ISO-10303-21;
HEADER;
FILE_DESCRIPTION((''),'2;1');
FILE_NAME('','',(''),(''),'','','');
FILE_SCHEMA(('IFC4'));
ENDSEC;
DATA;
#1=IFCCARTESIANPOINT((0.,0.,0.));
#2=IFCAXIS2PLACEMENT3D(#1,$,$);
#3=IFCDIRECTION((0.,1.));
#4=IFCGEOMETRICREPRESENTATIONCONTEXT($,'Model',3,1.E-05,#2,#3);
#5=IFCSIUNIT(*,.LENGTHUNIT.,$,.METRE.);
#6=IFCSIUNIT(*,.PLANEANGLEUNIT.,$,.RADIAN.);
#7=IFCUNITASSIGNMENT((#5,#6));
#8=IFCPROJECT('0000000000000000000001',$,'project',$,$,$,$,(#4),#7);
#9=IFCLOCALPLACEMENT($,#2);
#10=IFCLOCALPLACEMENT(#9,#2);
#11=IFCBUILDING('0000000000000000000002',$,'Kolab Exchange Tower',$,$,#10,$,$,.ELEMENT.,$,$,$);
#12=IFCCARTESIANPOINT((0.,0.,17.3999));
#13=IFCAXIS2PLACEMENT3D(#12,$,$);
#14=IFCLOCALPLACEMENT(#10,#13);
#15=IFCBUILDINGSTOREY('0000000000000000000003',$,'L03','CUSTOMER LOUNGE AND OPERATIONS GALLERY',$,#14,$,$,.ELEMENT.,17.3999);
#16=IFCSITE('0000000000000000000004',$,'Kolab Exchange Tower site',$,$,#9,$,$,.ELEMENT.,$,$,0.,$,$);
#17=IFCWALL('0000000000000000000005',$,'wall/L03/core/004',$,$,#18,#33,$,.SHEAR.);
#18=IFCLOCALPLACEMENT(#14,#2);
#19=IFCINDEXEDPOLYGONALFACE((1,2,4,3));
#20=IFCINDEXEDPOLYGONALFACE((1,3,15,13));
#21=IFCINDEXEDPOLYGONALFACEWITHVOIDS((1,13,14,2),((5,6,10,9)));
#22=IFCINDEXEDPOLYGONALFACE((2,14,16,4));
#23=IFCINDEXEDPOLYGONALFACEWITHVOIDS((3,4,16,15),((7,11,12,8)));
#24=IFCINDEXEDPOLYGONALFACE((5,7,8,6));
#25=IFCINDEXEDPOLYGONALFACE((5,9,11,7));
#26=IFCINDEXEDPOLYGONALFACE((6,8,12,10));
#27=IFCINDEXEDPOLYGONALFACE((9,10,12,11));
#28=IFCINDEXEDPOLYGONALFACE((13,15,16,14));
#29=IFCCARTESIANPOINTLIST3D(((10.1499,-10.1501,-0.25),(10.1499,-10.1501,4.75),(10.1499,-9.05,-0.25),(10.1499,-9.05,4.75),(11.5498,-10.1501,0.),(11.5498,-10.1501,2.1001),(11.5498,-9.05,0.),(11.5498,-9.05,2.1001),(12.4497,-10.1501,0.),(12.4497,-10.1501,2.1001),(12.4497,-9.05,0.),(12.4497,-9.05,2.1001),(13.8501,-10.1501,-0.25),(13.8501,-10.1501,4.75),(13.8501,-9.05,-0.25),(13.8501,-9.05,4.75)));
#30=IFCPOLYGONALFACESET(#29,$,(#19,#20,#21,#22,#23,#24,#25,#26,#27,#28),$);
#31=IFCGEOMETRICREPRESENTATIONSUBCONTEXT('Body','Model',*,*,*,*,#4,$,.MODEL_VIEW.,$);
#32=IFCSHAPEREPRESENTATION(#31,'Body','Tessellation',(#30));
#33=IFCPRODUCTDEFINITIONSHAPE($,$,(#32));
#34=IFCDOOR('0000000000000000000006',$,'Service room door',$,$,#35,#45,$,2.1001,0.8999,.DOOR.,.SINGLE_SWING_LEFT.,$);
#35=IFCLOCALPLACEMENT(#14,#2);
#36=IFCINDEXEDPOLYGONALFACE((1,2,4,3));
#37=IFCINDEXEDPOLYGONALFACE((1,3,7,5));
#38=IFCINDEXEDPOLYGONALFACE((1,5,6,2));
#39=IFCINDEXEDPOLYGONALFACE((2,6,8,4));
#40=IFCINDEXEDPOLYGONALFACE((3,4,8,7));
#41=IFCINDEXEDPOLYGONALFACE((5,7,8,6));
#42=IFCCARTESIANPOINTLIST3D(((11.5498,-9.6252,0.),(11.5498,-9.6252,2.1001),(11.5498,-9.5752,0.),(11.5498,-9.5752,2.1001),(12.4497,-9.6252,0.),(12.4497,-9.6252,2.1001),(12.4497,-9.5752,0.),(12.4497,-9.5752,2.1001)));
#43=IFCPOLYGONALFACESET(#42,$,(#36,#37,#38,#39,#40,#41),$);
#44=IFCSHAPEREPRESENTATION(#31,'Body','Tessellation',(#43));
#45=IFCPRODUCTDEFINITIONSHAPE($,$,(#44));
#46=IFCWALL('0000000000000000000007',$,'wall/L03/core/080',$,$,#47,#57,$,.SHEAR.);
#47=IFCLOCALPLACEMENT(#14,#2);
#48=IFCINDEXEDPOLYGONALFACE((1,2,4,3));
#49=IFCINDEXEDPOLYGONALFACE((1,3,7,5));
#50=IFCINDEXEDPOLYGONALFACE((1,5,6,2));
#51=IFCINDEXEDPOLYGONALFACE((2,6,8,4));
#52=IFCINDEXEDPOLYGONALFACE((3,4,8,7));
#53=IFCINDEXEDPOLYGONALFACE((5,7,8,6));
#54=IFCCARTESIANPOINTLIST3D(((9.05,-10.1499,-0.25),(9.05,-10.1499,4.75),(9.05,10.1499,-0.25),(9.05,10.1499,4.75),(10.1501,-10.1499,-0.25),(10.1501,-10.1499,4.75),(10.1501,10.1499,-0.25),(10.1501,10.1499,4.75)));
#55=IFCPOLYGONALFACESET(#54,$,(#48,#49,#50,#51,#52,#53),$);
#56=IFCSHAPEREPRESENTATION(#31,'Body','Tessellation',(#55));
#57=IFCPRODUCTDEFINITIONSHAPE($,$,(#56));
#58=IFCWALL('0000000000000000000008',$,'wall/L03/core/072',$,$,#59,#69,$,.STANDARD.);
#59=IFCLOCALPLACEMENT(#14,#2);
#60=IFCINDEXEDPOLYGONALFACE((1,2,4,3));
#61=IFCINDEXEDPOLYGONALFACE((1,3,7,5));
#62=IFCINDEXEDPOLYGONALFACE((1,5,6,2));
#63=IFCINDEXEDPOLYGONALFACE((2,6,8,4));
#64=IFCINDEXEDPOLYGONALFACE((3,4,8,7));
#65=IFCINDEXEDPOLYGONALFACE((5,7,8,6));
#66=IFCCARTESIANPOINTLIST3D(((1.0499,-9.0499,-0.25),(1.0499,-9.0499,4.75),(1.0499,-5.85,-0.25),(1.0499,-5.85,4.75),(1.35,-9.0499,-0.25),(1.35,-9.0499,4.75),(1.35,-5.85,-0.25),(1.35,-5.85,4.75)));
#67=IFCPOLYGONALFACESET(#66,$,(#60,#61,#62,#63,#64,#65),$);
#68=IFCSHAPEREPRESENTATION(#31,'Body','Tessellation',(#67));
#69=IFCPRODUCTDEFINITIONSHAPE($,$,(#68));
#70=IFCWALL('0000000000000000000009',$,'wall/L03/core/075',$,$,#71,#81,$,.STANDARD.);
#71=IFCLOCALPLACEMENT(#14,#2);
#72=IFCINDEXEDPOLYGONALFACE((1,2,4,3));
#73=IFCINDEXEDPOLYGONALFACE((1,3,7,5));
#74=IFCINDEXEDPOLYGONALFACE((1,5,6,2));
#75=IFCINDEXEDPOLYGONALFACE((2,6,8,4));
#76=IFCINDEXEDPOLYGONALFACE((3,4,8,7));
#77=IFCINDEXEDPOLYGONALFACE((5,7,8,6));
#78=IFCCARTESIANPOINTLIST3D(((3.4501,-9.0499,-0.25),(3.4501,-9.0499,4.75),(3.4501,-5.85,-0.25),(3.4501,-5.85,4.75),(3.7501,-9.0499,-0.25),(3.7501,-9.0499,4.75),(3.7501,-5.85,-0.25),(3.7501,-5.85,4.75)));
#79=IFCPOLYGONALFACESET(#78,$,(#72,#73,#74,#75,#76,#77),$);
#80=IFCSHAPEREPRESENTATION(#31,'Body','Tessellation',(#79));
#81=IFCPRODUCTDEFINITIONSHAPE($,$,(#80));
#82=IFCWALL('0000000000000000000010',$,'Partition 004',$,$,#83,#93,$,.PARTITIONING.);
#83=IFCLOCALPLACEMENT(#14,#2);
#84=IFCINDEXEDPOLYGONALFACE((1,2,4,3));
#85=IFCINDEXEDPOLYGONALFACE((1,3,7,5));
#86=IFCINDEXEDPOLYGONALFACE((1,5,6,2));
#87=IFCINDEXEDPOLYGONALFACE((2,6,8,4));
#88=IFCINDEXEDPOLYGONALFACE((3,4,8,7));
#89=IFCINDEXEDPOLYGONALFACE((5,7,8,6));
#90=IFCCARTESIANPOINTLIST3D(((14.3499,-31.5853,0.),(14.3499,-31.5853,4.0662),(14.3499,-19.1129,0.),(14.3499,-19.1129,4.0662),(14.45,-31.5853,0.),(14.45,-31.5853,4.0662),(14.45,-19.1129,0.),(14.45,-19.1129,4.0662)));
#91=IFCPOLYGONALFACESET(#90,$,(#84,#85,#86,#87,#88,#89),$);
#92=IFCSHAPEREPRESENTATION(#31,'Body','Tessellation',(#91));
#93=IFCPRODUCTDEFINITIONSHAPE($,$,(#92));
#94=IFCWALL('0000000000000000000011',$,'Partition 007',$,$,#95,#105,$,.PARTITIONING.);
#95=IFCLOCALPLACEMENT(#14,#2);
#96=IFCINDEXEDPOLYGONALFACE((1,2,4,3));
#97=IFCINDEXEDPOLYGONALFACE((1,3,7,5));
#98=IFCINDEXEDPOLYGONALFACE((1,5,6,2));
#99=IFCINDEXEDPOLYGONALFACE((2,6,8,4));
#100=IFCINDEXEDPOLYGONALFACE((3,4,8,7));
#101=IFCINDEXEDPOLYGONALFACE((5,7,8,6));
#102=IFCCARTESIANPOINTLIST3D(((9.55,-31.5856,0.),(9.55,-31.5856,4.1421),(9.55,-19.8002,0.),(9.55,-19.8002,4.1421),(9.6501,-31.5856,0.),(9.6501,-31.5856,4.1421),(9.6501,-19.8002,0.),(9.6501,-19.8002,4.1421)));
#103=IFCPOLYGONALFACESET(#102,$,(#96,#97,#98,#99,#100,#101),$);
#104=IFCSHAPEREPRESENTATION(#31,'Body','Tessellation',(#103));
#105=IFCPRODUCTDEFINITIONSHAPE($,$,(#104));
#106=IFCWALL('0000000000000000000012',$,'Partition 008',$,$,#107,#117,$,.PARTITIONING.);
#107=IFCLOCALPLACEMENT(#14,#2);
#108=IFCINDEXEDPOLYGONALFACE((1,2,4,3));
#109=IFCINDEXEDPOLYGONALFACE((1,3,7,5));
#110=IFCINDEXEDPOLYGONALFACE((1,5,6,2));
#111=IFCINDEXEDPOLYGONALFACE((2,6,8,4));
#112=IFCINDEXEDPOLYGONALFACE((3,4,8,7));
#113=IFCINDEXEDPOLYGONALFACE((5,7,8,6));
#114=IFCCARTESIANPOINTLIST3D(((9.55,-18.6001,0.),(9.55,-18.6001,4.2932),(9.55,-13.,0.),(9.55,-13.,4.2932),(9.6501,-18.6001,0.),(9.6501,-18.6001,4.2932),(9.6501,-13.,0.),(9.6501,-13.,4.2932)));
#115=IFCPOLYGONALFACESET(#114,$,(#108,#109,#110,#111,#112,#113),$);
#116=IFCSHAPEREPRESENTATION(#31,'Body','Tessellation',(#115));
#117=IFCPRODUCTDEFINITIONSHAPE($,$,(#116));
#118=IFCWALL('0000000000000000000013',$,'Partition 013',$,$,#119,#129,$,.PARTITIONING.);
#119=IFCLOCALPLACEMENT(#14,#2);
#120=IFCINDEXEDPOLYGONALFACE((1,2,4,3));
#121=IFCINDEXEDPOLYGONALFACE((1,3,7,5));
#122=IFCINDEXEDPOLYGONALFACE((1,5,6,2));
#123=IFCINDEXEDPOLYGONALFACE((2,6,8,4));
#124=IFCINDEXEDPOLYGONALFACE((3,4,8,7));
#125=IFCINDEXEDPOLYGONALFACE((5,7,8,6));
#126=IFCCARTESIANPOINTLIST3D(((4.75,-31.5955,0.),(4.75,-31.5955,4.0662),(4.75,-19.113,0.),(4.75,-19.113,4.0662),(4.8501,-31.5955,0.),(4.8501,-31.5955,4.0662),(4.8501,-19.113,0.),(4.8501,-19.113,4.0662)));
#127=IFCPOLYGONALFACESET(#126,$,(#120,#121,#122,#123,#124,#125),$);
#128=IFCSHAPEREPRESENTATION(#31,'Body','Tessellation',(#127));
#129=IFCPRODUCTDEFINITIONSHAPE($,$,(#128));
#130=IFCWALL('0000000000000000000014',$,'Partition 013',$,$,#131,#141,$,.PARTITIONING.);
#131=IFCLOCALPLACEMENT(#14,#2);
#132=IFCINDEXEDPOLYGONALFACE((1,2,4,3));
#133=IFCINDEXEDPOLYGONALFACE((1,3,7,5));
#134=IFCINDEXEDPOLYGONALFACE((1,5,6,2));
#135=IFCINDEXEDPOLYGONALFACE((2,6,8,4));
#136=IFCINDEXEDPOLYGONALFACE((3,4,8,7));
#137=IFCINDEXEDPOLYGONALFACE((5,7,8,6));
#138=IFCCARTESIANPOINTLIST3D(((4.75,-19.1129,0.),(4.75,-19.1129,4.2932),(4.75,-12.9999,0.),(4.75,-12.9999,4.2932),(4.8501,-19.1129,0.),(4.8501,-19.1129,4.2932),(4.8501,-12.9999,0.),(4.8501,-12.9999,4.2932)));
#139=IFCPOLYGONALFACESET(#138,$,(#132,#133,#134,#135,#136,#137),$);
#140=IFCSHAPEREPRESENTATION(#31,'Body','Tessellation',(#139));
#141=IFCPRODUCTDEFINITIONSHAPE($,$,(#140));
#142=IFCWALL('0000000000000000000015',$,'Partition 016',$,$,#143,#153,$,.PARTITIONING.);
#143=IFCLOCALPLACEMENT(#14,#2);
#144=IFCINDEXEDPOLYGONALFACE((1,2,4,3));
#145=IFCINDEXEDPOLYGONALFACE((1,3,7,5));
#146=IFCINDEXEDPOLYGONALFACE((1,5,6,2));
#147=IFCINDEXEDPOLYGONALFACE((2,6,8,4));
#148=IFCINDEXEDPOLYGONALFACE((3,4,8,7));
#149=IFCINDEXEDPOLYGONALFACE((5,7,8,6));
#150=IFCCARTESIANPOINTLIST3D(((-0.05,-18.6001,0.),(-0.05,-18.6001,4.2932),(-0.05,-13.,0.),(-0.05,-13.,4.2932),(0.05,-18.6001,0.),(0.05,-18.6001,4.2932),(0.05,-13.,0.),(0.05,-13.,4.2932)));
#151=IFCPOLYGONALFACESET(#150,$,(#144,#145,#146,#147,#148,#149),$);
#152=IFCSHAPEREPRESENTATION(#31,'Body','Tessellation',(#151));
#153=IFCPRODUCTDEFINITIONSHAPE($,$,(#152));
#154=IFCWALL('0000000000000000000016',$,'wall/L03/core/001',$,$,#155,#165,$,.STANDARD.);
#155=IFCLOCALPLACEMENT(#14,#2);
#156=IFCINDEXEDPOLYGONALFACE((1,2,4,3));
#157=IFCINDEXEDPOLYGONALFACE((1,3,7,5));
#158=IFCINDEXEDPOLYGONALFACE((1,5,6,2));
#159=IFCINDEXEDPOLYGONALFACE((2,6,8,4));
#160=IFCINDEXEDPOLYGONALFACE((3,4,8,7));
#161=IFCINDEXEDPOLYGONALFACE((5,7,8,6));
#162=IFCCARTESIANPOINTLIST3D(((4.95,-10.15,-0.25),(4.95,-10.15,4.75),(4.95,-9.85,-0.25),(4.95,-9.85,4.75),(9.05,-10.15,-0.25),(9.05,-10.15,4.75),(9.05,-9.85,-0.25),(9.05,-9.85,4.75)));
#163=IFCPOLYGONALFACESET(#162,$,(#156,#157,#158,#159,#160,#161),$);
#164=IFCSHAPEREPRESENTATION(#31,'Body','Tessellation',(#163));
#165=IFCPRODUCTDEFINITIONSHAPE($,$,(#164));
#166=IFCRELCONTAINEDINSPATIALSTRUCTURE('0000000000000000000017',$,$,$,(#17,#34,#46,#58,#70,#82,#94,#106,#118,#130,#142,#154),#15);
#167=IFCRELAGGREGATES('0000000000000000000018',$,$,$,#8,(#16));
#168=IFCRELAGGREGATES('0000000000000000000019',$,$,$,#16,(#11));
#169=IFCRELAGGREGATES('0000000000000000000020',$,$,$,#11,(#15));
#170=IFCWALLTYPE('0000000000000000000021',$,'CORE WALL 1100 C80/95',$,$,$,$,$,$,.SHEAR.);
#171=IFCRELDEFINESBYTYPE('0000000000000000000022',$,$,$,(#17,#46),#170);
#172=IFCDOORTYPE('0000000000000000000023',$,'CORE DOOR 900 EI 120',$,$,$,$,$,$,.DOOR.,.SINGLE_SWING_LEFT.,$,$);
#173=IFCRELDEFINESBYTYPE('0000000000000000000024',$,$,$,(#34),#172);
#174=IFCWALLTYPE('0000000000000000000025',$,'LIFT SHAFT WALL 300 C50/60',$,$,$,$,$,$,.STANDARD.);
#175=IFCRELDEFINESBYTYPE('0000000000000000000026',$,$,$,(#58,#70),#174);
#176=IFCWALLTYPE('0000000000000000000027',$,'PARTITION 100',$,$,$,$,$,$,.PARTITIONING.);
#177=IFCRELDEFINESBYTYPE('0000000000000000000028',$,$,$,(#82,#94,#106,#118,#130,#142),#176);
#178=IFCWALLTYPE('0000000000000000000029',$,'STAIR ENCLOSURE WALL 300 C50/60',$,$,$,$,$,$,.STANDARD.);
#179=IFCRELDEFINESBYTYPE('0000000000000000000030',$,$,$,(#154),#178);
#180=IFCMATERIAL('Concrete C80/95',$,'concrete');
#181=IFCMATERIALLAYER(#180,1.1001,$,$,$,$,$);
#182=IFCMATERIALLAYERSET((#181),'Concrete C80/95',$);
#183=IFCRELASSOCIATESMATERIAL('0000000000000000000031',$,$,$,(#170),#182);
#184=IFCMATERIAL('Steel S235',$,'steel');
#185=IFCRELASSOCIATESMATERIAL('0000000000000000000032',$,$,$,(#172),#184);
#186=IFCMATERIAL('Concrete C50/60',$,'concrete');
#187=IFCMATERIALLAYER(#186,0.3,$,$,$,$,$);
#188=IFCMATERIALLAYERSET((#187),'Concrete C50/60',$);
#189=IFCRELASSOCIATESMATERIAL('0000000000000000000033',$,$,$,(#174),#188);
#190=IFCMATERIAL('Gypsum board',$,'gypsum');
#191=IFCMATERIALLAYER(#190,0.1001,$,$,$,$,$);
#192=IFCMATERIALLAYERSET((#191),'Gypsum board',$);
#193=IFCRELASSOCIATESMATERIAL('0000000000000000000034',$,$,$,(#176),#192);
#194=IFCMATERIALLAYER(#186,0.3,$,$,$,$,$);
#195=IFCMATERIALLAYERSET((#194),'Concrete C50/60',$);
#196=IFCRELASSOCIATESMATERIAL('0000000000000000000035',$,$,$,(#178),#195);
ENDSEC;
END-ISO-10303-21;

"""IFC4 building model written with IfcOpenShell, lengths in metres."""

from ifc_helpers import new_model, si_unit, direction, frame, frame_2d, origin, place, context, subcontext, project, spatial, rectangle, extrude, material, layer, layer_set, type_object, element, fill, save


model = new_model("IFC4")

# Units and contexts
model_context = context("Model", 3, precision=1e-05, world=origin(), true_north=direction((0.0, 1.0)))
body_context = subcontext(model_context, "Body", "Model", "MODEL_VIEW")
ifc_project = project(units=[si_unit("LENGTHUNIT", "METRE"), si_unit("PLANEANGLEUNIT", "RADIAN")], contexts=[model_context])

# Site, building, storey
site_placement = place(None, origin())
site = spatial("IfcSite", under=ifc_project, at=site_placement, Name="Kolab Exchange Tower site", CompositionType="ELEMENT", RefElevation=0.0)
building_placement = place(site_placement, origin())
building = spatial("IfcBuilding", under=site, at=building_placement, Name="Kolab Exchange Tower", CompositionType="ELEMENT")
storey_placement = place(building_placement, frame((0.0, 0.0, 17.3999)))
storey = spatial("IfcBuildingStorey", under=building, at=storey_placement, Name="L03", Description="CUSTOMER LOUNGE AND OPERATIONS GALLERY", CompositionType="ELEMENT", Elevation=17.3999)

# Shared definitions
ifc_material_1 = material(Name="Concrete C80/95", Category="concrete")

# Wall, opening, door
ifc_layer_1 = layer(ifc_material_1, 1.1001)
ifc_layer_set_1 = layer_set([ifc_layer_1], Name="Concrete C80/95")
wall_type_1 = type_object("IfcWallType", Name="CORE WALL 1100 C80/95", PredefinedType="SHEAR", material=ifc_layer_set_1)
wall_1_placement = place(storey_placement, frame((10.1499, -9.6001, -0.25), z_axis=(0.0, 0.0, 1.0), x_axis=(1.0, 0.0, 0.0)))
wall_1 = element("IfcWall", 1, at=wall_1_placement, inside=storey, type_object=wall_type_1, Name="wall/L03/core/004", PredefinedType="SHEAR", context=body_context, shape_type="SweptSolid", body=[
    extrude(rectangle(XDim=3.7002, YDim=1.1001, at=frame_2d((1.8501, 0.0))), origin(), (0.0, 0.0, 1.0), 5.0),
])
opening_placement = place(wall_1_placement, frame((1.3999, 0.0, 0.25)))
opening = element("IfcOpeningElement", 2, at=opening_placement, cuts=wall_1, PredefinedType="OPENING", context=body_context, shape_type="SweptSolid", body=[
    extrude(rectangle(XDim=0.8999, YDim=2.1001, at=frame_2d((0.45, 1.05))), frame((0.0, 0.5601, 0.0), z_axis=(0.0, -1.0, 0.0), x_axis=(1.0, 0.0, 0.0)), (0.0, 0.0, 1.0), 1.1201),
])
ifc_material_2 = material(Name="Steel S235", Category="steel")
door_type = type_object("IfcDoorType", Name="CORE DOOR 900 EI 120", OperationType="SINGLE_SWING_LEFT", PredefinedType="DOOR", material=ifc_material_2)
door_placement = place(opening_placement, origin())
door = element("IfcDoor", 3, at=door_placement, inside=storey, type_object=door_type, Name="Service room door", OperationType="SINGLE_SWING_LEFT", OverallHeight=2.1001, OverallWidth=0.8999, PredefinedType="DOOR", context=body_context, shape_type="SweptSolid", body=[
    extrude(rectangle(XDim=0.8999, YDim=2.1001, at=frame_2d((0.45, 1.05))), frame((0.0, 0.0249, 0.0), z_axis=(0.0, -1.0, 0.0), x_axis=(1.0, 0.0, 0.0)), (0.0, 0.0, 1.0), 0.05),
])
fill(opening, door)

# Walls
wall_2_placement = place(storey_placement, frame((9.6001, -10.1499, -0.25), z_axis=(0.0, 0.0, 1.0), x_axis=(0.0, 1.0, 0.0)))
element("IfcWall", 4, at=wall_2_placement, inside=storey, type_object=wall_type_1, Name="wall/L03/core/080", PredefinedType="SHEAR", context=body_context, shape_type="SweptSolid", body=[
    extrude(rectangle(XDim=20.2998, YDim=1.1001, at=frame_2d((10.1499, 0.0))), origin(), (0.0, 0.0, 1.0), 5.0),
])
ifc_material_3 = material(Name="Concrete C50/60", Category="concrete")
ifc_layer_2 = layer(ifc_material_3, 0.3)
ifc_layer_set_2 = layer_set([ifc_layer_2], Name="Concrete C50/60")
wall_type_2 = type_object("IfcWallType", Name="LIFT SHAFT WALL 300 C50/60", PredefinedType="STANDARD", material=ifc_layer_set_2)
for number, where, z_axis, x_axis, name in (
    (5, (1.2, -9.05, -0.25), (0.0, 0.0, 1.0), (0.0, 1.0, 0.0), "wall/L03/core/072"),
    (6, (3.6001, -9.05, -0.25), (0.0, 0.0, 1.0), (0.0, 1.0, 0.0), "wall/L03/core/075"),
):
    element("IfcWall", number, at=place(storey_placement, frame(where, z_axis=z_axis, x_axis=x_axis)), inside=storey, type_object=wall_type_2, Name=name, PredefinedType="STANDARD", context=body_context, shape_type="SweptSolid", body=[
        extrude(rectangle(XDim=3.2, YDim=0.3, at=frame_2d((1.6001, 0.0))), origin(), (0.0, 0.0, 1.0), 5.0),
    ])
ifc_material_4 = material(Name="Gypsum board", Category="gypsum")
ifc_layer_3 = layer(ifc_material_4, 0.1001)
ifc_layer_set_3 = layer_set([ifc_layer_3], Name="Gypsum board")
wall_type_3 = type_object("IfcWallType", Name="PARTITION 100", PredefinedType="PARTITIONING", material=ifc_layer_set_3)
wall_3_placement = place(storey_placement, frame((14.3999, -31.5854, 0.0), z_axis=(0.0, 0.0, 1.0), x_axis=(0.0, 1.0, 0.0)))
element("IfcWall", 7, at=wall_3_placement, inside=storey, type_object=wall_type_3, Name="Partition 004", PredefinedType="PARTITIONING", context=body_context, shape_type="SweptSolid", body=[
    extrude(rectangle(XDim=12.4724, YDim=0.1001, at=frame_2d((6.2363, 0.0))), origin(), (0.0, 0.0, 1.0), 4.0662),
])
wall_4_placement = place(storey_placement, frame((9.6001, -31.5854, 0.0), z_axis=(0.0, 0.0, 1.0), x_axis=(0.0, 1.0, 0.0)))
element("IfcWall", 8, at=wall_4_placement, inside=storey, type_object=wall_type_3, Name="Partition 007", PredefinedType="PARTITIONING", context=body_context, shape_type="SweptSolid", body=[
    extrude(rectangle(XDim=11.7854, YDim=0.1001, at=frame_2d((5.8926, 0.0))), origin(), (0.0, 0.0, 1.0), 4.1421),
])
wall_5_placement = place(storey_placement, frame((9.6001, -18.6001, 0.0), z_axis=(0.0, 0.0, 1.0), x_axis=(0.0, 1.0, 0.0)))
element("IfcWall", 9, at=wall_5_placement, inside=storey, type_object=wall_type_3, Name="Partition 008", PredefinedType="PARTITIONING", context=body_context, shape_type="SweptSolid", body=[
    extrude(rectangle(XDim=5.6001, YDim=0.1001, at=frame_2d((2.8, 0.0))), origin(), (0.0, 0.0, 1.0), 4.2932),
])
wall_6_placement = place(storey_placement, frame((4.8, -31.5955, 0.0), z_axis=(0.0, 0.0, 1.0), x_axis=(0.0, 1.0, 0.0)))
element("IfcWall", 10, at=wall_6_placement, inside=storey, type_object=wall_type_3, Name="Partition 013", PredefinedType="PARTITIONING", context=body_context, shape_type="SweptSolid", body=[
    extrude(rectangle(XDim=12.4824, YDim=0.1001, at=frame_2d((6.2412, 0.0))), origin(), (0.0, 0.0, 1.0), 4.0662),
])
wall_7_placement = place(storey_placement, frame((4.8, -19.113, 0.0), z_axis=(0.0, 0.0, 1.0), x_axis=(0.0, 1.0, 0.0)))
element("IfcWall", 11, at=wall_7_placement, inside=storey, type_object=wall_type_3, Name="Partition 013", PredefinedType="PARTITIONING", context=body_context, shape_type="SweptSolid", body=[
    extrude(rectangle(XDim=6.113, YDim=0.1001, at=frame_2d((3.0566, 0.0))), origin(), (0.0, 0.0, 1.0), 4.2932),
])
wall_8_placement = place(storey_placement, frame((0.0, -18.6001, 0.0), z_axis=(0.0, 0.0, 1.0), x_axis=(0.0, 1.0, 0.0)))
element("IfcWall", 12, at=wall_8_placement, inside=storey, type_object=wall_type_3, Name="Partition 016", PredefinedType="PARTITIONING", context=body_context, shape_type="SweptSolid", body=[
    extrude(rectangle(XDim=5.6001, YDim=0.1001, at=frame_2d((2.8, 0.0))), origin(), (0.0, 0.0, 1.0), 4.2932),
])
ifc_layer_4 = layer(ifc_material_3, 0.3)
ifc_layer_set_4 = layer_set([ifc_layer_4], Name="Concrete C50/60")
wall_type_4 = type_object("IfcWallType", Name="STAIR ENCLOSURE WALL 300 C50/60", PredefinedType="STANDARD", material=ifc_layer_set_4)
wall_9_placement = place(storey_placement, frame((4.95, -10.0, -0.25), z_axis=(0.0, 0.0, 1.0), x_axis=(1.0, 0.0, 0.0)))
element("IfcWall", 13, at=wall_9_placement, inside=storey, type_object=wall_type_4, Name="wall/L03/core/001", PredefinedType="STANDARD", context=body_context, shape_type="SweptSolid", body=[
    extrude(rectangle(XDim=4.1001, YDim=0.3, at=frame_2d((2.05, 0.0))), origin(), (0.0, 0.0, 1.0), 5.0),
])

save(model, "model.ifc")
